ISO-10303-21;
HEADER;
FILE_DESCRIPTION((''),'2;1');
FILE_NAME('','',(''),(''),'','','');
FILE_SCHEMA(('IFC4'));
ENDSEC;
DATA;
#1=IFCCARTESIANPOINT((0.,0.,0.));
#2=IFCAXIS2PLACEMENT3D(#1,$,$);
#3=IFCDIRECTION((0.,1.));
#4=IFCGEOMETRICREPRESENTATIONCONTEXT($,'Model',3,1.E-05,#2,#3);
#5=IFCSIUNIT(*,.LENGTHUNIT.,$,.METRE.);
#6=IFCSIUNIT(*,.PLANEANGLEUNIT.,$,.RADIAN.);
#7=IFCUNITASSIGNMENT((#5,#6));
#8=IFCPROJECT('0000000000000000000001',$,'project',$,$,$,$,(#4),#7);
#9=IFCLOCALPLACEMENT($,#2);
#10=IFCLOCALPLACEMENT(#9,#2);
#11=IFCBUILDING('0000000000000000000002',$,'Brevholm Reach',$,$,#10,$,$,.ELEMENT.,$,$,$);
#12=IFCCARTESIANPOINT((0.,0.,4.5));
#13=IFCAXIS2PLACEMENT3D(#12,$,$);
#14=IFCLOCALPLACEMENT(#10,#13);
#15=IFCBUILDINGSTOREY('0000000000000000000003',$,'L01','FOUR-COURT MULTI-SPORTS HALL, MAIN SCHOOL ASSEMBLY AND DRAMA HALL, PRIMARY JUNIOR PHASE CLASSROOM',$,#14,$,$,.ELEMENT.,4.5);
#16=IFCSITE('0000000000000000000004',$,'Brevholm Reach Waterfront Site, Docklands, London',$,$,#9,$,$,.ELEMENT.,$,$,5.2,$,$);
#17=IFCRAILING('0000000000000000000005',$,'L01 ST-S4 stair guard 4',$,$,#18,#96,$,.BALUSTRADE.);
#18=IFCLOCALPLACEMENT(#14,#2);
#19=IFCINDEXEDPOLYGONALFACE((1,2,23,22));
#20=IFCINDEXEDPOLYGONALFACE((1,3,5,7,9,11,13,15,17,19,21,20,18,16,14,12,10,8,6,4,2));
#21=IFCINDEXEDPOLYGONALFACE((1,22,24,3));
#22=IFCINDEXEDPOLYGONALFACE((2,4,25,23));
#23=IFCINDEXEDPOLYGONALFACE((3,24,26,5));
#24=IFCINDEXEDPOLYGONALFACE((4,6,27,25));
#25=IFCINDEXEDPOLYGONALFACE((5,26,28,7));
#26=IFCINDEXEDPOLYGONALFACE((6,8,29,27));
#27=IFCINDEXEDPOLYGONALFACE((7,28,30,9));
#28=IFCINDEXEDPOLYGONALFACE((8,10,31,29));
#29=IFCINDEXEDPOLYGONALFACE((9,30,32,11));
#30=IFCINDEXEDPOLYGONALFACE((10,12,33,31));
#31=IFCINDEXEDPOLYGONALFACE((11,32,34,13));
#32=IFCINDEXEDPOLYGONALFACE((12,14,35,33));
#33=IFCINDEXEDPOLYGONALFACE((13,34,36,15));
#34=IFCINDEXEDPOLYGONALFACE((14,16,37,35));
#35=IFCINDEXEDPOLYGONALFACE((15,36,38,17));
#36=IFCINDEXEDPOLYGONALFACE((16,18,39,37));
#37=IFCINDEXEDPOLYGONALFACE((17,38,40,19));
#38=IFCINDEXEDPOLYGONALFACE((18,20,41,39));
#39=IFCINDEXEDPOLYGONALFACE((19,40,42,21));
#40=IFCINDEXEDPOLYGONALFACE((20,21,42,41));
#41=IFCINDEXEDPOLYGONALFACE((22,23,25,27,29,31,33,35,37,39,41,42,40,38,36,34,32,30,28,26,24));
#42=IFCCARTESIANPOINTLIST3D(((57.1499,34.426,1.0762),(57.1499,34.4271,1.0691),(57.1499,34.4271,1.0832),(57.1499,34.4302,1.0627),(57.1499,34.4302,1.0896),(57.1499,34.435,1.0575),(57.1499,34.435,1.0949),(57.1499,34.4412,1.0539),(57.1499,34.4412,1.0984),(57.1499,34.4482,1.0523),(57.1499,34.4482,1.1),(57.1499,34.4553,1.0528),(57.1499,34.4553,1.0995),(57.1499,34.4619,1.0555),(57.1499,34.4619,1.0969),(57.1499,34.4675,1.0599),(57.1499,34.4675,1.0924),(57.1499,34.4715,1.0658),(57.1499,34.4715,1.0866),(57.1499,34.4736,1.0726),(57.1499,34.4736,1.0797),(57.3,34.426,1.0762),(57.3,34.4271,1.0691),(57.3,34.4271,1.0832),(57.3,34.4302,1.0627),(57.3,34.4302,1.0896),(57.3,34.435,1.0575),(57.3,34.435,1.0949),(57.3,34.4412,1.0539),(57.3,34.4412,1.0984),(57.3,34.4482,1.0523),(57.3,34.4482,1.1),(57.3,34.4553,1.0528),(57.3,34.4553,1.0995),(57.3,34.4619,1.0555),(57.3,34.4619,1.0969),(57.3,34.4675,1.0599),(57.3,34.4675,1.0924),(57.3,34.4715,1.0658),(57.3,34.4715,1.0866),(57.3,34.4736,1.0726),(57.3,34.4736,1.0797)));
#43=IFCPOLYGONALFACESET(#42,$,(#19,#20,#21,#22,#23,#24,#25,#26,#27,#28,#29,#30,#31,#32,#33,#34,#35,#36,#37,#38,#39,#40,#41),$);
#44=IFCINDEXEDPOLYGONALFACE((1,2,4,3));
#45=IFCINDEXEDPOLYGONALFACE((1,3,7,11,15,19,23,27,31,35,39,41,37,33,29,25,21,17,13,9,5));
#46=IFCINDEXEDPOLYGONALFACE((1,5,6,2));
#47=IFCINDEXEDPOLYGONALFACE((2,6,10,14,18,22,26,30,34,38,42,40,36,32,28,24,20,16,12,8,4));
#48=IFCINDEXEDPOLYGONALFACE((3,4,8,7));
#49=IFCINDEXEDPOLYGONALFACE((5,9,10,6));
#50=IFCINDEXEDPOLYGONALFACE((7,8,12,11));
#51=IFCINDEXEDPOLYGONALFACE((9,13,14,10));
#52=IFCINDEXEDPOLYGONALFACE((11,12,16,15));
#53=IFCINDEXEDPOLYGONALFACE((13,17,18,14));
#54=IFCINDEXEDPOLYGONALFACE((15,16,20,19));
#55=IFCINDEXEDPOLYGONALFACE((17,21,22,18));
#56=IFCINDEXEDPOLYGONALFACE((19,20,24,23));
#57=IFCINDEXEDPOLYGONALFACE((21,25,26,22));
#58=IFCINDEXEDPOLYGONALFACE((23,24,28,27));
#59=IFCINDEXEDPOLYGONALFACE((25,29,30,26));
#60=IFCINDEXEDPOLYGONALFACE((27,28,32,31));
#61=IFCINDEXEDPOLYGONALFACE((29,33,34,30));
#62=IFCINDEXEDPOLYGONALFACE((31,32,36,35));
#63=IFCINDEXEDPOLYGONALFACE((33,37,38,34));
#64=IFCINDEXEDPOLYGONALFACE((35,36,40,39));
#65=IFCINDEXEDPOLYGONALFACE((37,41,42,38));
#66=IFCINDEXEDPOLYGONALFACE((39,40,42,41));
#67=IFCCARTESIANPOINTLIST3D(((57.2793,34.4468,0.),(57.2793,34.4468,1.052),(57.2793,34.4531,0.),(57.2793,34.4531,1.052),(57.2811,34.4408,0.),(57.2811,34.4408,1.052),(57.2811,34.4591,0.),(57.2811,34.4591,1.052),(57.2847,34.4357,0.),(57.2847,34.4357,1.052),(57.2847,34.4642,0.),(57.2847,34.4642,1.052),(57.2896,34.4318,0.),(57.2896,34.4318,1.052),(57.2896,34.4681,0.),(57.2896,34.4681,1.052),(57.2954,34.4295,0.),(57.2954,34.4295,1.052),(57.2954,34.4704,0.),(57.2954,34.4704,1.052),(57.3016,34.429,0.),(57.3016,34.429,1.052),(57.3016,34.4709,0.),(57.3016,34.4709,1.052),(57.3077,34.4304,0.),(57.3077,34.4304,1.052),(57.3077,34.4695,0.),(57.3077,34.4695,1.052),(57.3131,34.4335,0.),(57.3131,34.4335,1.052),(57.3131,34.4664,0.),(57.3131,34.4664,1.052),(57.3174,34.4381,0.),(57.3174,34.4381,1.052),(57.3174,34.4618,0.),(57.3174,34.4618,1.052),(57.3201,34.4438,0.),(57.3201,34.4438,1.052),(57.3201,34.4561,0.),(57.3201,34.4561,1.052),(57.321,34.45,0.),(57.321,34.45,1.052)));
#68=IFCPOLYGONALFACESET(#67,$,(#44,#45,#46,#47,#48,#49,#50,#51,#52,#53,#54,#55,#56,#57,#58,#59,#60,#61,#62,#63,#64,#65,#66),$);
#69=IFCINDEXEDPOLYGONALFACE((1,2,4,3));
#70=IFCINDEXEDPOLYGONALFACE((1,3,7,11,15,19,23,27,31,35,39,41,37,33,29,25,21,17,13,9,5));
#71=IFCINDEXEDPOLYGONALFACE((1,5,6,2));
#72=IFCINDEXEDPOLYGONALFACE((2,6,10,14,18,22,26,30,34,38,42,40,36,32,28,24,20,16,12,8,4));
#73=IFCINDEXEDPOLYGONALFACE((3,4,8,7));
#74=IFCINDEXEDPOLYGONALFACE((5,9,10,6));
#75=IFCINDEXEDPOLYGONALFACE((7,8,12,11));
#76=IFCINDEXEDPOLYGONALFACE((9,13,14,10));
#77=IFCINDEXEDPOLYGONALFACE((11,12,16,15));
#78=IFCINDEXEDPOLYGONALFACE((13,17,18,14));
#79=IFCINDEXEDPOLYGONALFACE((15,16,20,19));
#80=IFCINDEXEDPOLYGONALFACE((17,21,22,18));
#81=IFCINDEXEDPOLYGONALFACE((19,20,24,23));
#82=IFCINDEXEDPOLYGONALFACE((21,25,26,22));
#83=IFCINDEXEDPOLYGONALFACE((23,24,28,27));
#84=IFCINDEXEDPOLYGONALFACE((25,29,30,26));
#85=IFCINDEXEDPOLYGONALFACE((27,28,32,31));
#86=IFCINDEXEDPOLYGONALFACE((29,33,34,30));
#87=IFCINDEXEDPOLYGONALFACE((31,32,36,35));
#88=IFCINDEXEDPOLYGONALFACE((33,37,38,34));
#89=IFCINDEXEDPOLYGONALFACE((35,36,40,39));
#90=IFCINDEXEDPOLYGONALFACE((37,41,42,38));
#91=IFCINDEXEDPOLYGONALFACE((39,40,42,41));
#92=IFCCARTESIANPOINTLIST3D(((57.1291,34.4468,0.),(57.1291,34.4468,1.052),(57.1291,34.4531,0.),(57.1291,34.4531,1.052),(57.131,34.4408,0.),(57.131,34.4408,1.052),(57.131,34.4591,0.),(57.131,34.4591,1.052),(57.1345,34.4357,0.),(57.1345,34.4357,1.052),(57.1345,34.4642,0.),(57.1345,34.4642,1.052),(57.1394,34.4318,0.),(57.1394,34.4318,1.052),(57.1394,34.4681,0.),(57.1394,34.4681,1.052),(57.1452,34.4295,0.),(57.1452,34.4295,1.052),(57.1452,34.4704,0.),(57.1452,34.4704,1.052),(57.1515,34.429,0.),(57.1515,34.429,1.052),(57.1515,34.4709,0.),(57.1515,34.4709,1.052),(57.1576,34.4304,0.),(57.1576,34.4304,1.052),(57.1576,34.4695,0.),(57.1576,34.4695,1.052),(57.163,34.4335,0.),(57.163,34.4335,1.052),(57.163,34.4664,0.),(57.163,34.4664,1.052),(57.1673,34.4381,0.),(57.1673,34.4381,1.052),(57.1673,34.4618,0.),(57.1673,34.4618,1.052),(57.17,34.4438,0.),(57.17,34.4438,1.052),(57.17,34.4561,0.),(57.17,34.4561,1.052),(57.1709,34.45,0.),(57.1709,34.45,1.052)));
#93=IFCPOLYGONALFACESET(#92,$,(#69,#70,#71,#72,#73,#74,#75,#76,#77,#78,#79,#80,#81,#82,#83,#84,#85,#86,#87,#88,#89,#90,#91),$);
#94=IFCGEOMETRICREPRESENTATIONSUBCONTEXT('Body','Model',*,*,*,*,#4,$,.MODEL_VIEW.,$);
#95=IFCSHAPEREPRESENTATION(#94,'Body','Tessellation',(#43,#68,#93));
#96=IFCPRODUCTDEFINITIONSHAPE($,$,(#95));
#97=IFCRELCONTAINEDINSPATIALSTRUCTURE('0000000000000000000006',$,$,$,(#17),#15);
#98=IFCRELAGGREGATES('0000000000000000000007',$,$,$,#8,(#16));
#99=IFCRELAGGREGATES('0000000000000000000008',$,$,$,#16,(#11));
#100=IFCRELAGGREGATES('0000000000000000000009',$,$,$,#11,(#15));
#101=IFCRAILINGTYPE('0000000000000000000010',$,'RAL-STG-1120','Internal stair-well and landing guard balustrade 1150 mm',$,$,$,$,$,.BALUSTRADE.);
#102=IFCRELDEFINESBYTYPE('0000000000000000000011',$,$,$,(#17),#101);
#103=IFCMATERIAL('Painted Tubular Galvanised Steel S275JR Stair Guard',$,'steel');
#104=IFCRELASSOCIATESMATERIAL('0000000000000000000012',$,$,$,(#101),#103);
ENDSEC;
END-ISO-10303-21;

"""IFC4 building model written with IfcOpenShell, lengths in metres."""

from ifc_helpers import new_model, si_unit, direction, frame, origin, origin_2d, place, context, subcontext, project, spatial, circle, extrude, material, type_object, element, save


model = new_model("IFC4")

# Units and contexts
model_context = context("Model", 3, precision=1e-05, world=origin(), true_north=direction((0.0, 1.0)))
body_context = subcontext(model_context, "Body", "Model", "MODEL_VIEW")
ifc_project = project(units=[si_unit("LENGTHUNIT", "METRE"), si_unit("PLANEANGLEUNIT", "RADIAN")], contexts=[model_context])

# Site, building, storey
site_placement = place(None, origin())
site = spatial("IfcSite", under=ifc_project, at=site_placement, Name="Brevholm Reach Waterfront Site, Docklands, London", CompositionType="ELEMENT", RefElevation=5.2)
building_placement = place(site_placement, origin())
building = spatial("IfcBuilding", under=site, at=building_placement, Name="Brevholm Reach", CompositionType="ELEMENT")
storey_placement = place(building_placement, frame((0.0, 0.0, 4.5)))
storey = spatial("IfcBuildingStorey", under=building, at=storey_placement, Name="L01", Description="FOUR-COURT MULTI-SPORTS HALL, MAIN SCHOOL ASSEMBLY AND DRAMA HALL, PRIMARY JUNIOR PHASE CLASSROOM", CompositionType="ELEMENT", Elevation=4.5)

# Railing
ifc_material_1 = material(Name="Painted Tubular Galvanised Steel S275JR Stair Guard", Category="steel")
railing_type_1 = type_object("IfcRailingType", Name="RAL-STG-1120", Description="Internal stair-well and landing guard balustrade 1150 mm", PredefinedType="BALUSTRADE", material=ifc_material_1)
railing_1_placement = place(storey_placement, frame((57.3, 34.45, 0.0)))
element("IfcRailing", 1, at=railing_1_placement, inside=storey, type_object=railing_type_1, Name="L01 ST-S4 stair guard 4", PredefinedType="BALUSTRADE", context=body_context, shape_type="SweptSolid", body=[
    extrude(circle(Radius=0.0239, at=origin_2d()), frame((0.0, 0.0, 1.0762), z_axis=(-1.0, 0.0, 0.0), x_axis=(0.0, -1.0, 0.0)), (0.0, 0.0, 1.0), 0.1501),
    extrude(circle(Radius=0.021, at=origin_2d()), origin(), (0.0, 0.0, 1.0), 1.052),
    extrude(circle(Radius=0.021, at=origin_2d()), frame((-0.1501, 0.0, 0.0)), (0.0, 0.0, 1.0), 1.052),
])

save(model, "model.ifc")
